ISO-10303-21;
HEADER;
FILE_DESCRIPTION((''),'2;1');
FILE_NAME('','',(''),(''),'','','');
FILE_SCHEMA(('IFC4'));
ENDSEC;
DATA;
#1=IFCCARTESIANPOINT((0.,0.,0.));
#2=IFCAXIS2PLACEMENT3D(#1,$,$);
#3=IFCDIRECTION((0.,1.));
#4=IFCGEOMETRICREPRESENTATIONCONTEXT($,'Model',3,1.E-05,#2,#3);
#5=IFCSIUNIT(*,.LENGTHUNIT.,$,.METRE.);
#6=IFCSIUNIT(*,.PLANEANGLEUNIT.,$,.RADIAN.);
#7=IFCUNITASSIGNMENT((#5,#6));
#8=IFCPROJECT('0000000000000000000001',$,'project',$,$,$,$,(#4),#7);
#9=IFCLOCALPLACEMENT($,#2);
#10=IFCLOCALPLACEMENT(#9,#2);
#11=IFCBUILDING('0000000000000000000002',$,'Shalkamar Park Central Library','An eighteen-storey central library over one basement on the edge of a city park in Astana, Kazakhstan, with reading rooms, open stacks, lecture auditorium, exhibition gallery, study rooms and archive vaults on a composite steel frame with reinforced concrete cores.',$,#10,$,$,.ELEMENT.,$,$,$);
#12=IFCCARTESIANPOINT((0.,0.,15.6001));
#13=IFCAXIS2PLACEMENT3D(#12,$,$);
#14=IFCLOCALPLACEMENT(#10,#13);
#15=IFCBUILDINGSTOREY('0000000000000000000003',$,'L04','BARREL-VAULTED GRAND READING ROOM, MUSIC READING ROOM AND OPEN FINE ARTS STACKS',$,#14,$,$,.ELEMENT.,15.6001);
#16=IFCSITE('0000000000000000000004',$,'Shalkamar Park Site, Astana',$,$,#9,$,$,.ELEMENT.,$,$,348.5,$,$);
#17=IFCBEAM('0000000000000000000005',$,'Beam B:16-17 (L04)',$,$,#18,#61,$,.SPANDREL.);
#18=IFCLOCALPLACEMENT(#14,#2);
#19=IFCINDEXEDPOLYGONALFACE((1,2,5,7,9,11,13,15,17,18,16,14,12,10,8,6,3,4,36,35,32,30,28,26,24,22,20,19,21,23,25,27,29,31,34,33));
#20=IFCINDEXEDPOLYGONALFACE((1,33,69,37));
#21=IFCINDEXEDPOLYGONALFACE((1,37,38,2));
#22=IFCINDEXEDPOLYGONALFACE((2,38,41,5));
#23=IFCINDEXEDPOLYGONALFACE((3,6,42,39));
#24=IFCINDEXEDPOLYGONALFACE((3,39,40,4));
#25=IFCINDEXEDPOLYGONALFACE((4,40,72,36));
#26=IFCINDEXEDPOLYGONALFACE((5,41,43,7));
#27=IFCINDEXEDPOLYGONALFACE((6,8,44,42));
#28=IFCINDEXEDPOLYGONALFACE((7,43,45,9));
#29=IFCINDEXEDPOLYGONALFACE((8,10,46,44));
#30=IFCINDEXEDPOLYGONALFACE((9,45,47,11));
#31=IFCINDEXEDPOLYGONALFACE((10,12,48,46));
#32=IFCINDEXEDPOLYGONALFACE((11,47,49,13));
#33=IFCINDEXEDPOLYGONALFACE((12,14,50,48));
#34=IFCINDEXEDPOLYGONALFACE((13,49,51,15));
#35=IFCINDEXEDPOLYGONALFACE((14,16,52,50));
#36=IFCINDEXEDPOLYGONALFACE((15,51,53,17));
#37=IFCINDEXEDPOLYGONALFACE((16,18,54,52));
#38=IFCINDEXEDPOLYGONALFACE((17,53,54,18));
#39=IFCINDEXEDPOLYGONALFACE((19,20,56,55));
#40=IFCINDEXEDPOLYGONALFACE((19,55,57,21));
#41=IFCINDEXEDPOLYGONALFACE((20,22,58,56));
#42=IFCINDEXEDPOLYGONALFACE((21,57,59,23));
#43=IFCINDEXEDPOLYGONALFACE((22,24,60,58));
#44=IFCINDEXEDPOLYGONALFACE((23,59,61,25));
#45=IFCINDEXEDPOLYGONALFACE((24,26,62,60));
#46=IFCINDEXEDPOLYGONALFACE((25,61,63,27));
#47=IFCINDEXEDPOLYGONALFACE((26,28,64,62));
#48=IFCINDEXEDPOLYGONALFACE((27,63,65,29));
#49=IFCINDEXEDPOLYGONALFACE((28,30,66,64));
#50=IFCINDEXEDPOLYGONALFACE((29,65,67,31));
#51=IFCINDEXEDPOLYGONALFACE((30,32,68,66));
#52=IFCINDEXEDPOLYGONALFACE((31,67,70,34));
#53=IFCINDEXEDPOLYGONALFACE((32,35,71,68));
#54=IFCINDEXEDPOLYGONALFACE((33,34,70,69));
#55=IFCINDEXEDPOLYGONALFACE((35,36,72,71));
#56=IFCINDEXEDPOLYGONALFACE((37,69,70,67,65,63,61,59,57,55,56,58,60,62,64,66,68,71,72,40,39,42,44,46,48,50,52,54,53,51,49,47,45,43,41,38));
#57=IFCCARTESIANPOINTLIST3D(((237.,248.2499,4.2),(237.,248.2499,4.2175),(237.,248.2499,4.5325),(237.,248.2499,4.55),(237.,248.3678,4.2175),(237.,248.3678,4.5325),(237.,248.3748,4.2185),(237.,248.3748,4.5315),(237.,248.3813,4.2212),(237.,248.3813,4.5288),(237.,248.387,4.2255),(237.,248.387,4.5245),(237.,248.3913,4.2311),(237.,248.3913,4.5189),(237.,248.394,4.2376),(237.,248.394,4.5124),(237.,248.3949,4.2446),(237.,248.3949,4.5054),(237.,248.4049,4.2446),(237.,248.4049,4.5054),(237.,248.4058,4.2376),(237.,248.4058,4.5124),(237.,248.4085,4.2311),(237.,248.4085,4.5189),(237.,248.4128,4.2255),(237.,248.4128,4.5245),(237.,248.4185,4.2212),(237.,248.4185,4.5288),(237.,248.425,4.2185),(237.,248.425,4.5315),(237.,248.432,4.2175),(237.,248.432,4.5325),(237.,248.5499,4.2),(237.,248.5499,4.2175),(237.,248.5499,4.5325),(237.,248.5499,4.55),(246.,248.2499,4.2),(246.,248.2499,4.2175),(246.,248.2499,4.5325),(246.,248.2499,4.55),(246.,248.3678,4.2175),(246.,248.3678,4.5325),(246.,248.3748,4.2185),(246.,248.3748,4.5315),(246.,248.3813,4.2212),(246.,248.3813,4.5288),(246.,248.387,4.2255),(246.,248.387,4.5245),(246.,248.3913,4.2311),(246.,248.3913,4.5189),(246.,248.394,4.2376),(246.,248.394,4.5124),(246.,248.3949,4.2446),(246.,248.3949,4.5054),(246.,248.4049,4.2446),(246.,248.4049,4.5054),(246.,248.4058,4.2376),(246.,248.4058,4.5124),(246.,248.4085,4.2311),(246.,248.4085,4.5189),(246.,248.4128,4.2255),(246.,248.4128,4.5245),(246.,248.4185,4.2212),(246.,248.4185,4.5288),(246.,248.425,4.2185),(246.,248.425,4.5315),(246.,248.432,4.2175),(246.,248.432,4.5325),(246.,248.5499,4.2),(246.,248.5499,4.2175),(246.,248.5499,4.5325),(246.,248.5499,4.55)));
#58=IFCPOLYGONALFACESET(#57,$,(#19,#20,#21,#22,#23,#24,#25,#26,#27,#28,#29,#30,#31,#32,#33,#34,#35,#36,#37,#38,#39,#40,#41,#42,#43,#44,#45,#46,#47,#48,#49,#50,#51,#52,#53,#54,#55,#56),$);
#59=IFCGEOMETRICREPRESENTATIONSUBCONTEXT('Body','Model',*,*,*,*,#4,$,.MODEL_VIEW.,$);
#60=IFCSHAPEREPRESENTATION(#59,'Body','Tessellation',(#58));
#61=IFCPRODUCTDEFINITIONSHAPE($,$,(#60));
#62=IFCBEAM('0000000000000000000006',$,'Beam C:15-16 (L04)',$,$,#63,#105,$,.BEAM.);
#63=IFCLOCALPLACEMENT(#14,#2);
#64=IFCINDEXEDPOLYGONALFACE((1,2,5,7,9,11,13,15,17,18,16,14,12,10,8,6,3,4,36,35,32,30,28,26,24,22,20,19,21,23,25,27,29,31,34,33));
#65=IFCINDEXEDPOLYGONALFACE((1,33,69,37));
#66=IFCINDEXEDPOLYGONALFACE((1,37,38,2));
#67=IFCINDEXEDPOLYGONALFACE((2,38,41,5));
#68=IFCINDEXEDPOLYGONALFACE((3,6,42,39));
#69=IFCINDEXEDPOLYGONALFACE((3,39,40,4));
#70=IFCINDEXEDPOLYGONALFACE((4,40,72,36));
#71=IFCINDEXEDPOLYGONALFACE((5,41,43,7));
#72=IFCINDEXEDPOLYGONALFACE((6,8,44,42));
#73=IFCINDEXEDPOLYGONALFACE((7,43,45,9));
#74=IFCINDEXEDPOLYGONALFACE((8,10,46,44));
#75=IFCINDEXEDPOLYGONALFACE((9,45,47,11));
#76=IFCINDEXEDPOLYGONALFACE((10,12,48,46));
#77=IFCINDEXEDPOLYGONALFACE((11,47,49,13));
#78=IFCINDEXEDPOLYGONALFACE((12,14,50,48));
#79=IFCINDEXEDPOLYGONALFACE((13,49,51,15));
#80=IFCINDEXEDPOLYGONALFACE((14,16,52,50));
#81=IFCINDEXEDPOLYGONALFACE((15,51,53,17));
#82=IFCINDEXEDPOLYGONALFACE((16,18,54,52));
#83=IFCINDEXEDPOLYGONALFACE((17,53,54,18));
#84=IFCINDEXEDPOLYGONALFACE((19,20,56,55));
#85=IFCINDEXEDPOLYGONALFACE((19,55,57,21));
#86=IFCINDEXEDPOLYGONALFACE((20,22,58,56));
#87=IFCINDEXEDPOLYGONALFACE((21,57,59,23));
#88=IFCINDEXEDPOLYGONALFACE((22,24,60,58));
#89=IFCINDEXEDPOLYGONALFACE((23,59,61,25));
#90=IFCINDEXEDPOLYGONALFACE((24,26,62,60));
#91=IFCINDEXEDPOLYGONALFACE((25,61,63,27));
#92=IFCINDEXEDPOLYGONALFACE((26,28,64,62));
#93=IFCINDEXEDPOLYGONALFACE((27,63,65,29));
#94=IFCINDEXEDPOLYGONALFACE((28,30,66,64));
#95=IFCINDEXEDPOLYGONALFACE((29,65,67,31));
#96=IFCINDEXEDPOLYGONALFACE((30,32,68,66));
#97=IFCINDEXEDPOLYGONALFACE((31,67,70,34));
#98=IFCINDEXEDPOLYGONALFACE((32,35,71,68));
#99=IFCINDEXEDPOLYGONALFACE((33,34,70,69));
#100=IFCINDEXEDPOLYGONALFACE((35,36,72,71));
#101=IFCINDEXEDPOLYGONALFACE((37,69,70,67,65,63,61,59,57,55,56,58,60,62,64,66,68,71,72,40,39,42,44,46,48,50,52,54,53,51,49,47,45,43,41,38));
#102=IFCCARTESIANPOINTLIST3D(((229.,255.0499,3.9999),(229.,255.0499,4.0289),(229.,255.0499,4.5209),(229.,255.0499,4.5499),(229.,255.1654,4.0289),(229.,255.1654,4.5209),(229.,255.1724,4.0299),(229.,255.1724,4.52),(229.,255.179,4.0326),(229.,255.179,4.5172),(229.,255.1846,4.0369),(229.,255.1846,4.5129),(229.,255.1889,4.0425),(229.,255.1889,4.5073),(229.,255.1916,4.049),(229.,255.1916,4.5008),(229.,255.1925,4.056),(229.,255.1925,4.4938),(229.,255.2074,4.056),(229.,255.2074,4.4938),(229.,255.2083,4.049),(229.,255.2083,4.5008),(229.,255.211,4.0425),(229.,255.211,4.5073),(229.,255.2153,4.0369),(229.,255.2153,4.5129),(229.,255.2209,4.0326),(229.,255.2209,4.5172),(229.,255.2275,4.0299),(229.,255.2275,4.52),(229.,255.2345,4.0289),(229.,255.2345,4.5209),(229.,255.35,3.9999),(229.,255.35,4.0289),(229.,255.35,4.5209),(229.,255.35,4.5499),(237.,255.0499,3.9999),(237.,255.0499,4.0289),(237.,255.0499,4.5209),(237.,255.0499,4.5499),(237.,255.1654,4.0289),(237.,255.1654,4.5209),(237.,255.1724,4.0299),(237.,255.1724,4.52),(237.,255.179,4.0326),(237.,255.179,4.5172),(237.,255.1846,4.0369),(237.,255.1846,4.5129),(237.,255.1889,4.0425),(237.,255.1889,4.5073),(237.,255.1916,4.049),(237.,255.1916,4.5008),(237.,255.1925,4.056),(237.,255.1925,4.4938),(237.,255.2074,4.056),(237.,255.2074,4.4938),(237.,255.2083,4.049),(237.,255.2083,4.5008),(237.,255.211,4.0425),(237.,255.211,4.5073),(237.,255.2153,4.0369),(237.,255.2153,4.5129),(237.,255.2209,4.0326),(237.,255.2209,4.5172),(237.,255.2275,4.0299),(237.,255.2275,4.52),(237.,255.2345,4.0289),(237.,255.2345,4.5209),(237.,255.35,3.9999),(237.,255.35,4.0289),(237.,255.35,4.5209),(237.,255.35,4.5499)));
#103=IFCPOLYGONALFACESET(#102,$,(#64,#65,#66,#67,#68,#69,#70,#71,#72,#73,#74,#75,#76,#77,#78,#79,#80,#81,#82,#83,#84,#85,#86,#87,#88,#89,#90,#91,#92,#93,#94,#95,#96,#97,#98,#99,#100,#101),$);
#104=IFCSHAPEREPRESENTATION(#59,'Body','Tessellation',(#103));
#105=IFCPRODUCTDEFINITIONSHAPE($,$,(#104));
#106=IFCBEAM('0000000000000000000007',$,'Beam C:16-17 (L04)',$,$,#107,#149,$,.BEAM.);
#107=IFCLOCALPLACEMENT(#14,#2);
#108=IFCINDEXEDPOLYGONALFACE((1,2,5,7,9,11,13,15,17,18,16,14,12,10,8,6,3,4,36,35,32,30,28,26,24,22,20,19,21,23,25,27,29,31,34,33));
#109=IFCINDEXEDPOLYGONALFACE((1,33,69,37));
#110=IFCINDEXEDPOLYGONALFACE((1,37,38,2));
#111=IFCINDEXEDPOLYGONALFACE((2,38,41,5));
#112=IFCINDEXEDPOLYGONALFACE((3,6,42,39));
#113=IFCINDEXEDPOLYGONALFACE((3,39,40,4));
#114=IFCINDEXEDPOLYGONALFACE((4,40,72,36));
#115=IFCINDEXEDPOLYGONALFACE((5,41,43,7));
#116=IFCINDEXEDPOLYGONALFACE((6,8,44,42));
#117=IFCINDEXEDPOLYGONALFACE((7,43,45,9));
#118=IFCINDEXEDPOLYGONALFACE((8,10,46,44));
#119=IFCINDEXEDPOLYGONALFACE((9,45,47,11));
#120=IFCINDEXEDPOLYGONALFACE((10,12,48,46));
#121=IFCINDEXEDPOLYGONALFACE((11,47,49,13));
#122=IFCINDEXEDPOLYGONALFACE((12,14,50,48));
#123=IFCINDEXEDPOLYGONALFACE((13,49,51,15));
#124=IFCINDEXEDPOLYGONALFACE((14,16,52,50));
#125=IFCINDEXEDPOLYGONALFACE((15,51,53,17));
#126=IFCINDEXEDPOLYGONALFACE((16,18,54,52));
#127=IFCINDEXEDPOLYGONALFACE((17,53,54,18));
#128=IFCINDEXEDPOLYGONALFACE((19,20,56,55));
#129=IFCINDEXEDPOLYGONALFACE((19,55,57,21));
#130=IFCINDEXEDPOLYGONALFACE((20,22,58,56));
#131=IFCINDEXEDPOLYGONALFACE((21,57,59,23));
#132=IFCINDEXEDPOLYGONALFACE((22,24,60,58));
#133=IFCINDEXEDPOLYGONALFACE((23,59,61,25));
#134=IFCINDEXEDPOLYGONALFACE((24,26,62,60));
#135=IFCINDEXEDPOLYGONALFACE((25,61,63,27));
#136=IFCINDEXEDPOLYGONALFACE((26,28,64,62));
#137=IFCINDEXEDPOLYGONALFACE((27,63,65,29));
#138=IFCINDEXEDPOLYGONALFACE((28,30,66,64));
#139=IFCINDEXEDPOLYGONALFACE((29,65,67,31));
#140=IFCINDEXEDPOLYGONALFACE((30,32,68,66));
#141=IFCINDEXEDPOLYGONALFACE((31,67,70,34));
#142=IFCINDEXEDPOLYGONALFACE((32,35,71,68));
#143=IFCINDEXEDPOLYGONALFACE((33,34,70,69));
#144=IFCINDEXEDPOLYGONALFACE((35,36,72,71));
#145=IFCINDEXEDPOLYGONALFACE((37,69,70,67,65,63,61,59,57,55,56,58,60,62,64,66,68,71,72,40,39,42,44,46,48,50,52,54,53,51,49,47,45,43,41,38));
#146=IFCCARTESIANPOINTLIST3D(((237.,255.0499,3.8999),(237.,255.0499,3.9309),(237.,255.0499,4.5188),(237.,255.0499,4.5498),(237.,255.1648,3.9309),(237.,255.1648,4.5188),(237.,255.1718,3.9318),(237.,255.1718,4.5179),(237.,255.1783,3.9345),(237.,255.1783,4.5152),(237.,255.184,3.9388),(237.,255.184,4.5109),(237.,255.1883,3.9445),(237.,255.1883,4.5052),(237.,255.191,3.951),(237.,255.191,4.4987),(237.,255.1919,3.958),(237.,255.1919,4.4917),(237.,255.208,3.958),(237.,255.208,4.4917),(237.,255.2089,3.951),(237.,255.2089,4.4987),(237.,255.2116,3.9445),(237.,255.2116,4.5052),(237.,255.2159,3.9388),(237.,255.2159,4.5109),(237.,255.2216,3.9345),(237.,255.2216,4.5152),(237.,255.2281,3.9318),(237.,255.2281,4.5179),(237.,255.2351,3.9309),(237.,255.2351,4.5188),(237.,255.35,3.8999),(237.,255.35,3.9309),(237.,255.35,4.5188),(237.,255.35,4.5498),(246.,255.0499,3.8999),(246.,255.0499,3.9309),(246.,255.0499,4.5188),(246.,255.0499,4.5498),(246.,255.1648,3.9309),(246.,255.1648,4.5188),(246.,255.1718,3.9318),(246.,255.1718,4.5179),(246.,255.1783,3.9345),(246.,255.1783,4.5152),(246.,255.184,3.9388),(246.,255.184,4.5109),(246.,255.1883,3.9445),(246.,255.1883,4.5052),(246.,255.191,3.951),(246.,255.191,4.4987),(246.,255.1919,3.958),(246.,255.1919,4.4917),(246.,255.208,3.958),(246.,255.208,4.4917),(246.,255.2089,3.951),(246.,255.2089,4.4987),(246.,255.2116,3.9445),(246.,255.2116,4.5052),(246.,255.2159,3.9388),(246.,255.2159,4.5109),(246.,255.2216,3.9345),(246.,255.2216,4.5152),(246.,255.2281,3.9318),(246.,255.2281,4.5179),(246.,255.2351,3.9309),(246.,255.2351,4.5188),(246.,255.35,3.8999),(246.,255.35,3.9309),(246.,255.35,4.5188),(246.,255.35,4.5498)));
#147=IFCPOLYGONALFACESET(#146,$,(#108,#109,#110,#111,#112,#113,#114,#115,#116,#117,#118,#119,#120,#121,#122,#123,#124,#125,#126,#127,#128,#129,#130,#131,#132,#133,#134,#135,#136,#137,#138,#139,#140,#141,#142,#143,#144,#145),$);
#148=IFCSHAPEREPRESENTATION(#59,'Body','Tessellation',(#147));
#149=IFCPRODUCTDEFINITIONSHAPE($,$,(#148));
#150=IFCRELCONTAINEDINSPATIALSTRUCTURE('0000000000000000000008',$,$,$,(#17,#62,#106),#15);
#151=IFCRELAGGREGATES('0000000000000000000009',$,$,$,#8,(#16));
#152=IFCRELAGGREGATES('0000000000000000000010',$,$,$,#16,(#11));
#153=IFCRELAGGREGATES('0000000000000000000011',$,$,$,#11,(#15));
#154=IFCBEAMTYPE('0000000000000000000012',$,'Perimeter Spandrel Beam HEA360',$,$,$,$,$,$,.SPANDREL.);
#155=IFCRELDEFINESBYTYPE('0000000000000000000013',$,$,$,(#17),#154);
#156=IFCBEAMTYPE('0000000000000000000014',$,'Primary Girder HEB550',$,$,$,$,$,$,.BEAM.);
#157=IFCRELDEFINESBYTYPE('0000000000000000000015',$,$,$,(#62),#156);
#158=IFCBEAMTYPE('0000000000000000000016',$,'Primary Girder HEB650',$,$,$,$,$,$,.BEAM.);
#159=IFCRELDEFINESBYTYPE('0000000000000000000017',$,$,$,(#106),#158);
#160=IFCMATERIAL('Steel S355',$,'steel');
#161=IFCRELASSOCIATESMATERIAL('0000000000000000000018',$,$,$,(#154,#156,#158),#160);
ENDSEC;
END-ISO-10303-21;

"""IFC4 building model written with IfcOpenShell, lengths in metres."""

from ifc_helpers import new_model, si_unit, direction, frame, origin, origin_2d, place, context, subcontext, project, spatial, i_section, extrude, material, material_profile, profile_set, type_object, element, save


model = new_model("IFC4")

# Units and contexts
model_context = context("Model", 3, precision=1e-05, world=origin(), true_north=direction((0.0, 1.0)))
body_context = subcontext(model_context, "Body", "Model", "MODEL_VIEW")
ifc_project = project(units=[si_unit("LENGTHUNIT", "METRE"), si_unit("PLANEANGLEUNIT", "RADIAN")], contexts=[model_context])

# Site, building, storey
site_placement = place(None, origin())
site = spatial("IfcSite", under=ifc_project, at=site_placement, Name="Shalkamar Park Site, Astana", CompositionType="ELEMENT", RefElevation=348.5)
building_placement = place(site_placement, origin())
building = spatial("IfcBuilding", under=site, at=building_placement, Name="Shalkamar Park Central Library", Description="An eighteen-storey central library over one basement on the edge of a city park in Astana, Kazakhstan, with reading rooms, open stacks, lecture auditorium, exhibition gallery, study rooms and archive vaults on a composite steel frame with reinforced concrete cores.", CompositionType="ELEMENT")
storey_placement = place(building_placement, frame((0.0, 0.0, 15.6001)))
storey = spatial("IfcBuildingStorey", under=building, at=storey_placement, Name="L04", Description="BARREL-VAULTED GRAND READING ROOM, MUSIC READING ROOM AND OPEN FINE ARTS STACKS", CompositionType="ELEMENT", Elevation=15.6001)

# Shared definitions
ifc_material_1 = material(Name="Steel S355", Category="steel")

# Beams
ifc_material_profile_1 = material_profile(ifc_material_1, i_section(OverallWidth=0.3, OverallDepth=0.3501, WebThickness=0.01, FlangeThickness=0.0176, FilletRadius=0.0271, at=origin_2d()), Name="HEA 360")
ifc_profile_set_1 = profile_set([ifc_material_profile_1], Name="Steel S355")
beam_type_1 = type_object("IfcBeamType", Name="Perimeter Spandrel Beam HEA360", PredefinedType="SPANDREL", material=ifc_profile_set_1)
beam_1_placement = place(storey_placement, frame((237.0, 248.3999, 4.375), z_axis=(1.0, 0.0, 0.0), x_axis=(0.0, 1.0, 0.0)))
element("IfcBeam", 1, at=beam_1_placement, inside=storey, type_object=beam_type_1, Name="Beam B:16-17 (L04)", PredefinedType="SPANDREL", context=body_context, shape_type="SweptSolid", body=[
    extrude(i_section(OverallWidth=0.3, OverallDepth=0.3501, WebThickness=0.01, FlangeThickness=0.0176, FilletRadius=0.0271, at=origin_2d()), origin(), (0.0, 0.0, 1.0), 9.0),
])
ifc_material_profile_2 = material_profile(ifc_material_1, i_section(OverallWidth=0.3, OverallDepth=0.55, WebThickness=0.0149, FlangeThickness=0.0291, FilletRadius=0.0271, at=origin_2d()), Name="HEB 550")
ifc_profile_set_2 = profile_set([ifc_material_profile_2], Name="Steel S355")
beam_type_2 = type_object("IfcBeamType", Name="Primary Girder HEB550", PredefinedType="BEAM", material=ifc_profile_set_2)
beam_2_placement = place(storey_placement, frame((229.0, 255.2, 4.2749), z_axis=(1.0, 0.0, 0.0), x_axis=(0.0, 1.0, 0.0)))
element("IfcBeam", 2, at=beam_2_placement, inside=storey, type_object=beam_type_2, Name="Beam C:15-16 (L04)", PredefinedType="BEAM", context=body_context, shape_type="SweptSolid", body=[
    extrude(i_section(OverallWidth=0.3, OverallDepth=0.55, WebThickness=0.0149, FlangeThickness=0.0291, FilletRadius=0.0271, at=origin_2d()), origin(), (0.0, 0.0, 1.0), 8.0),
])
ifc_material_profile_3 = material_profile(ifc_material_1, i_section(OverallWidth=0.3, OverallDepth=0.6499, WebThickness=0.0161, FlangeThickness=0.031, FilletRadius=0.0271, at=origin_2d()), Name="HEB 650")
ifc_profile_set_3 = profile_set([ifc_material_profile_3], Name="Steel S355")
beam_type_3 = type_object("IfcBeamType", Name="Primary Girder HEB650", PredefinedType="BEAM", material=ifc_profile_set_3)
beam_3_placement = place(storey_placement, frame((237.0, 255.2, 4.2249), z_axis=(1.0, 0.0, 0.0), x_axis=(0.0, 1.0, 0.0)))
element("IfcBeam", 3, at=beam_3_placement, inside=storey, type_object=beam_type_3, Name="Beam C:16-17 (L04)", PredefinedType="BEAM", context=body_context, shape_type="SweptSolid", body=[
    extrude(i_section(OverallWidth=0.3, OverallDepth=0.6499, WebThickness=0.0161, FlangeThickness=0.031, FilletRadius=0.0271, at=origin_2d()), origin(), (0.0, 0.0, 1.0), 9.0),
])

save(model, "model.ifc")
